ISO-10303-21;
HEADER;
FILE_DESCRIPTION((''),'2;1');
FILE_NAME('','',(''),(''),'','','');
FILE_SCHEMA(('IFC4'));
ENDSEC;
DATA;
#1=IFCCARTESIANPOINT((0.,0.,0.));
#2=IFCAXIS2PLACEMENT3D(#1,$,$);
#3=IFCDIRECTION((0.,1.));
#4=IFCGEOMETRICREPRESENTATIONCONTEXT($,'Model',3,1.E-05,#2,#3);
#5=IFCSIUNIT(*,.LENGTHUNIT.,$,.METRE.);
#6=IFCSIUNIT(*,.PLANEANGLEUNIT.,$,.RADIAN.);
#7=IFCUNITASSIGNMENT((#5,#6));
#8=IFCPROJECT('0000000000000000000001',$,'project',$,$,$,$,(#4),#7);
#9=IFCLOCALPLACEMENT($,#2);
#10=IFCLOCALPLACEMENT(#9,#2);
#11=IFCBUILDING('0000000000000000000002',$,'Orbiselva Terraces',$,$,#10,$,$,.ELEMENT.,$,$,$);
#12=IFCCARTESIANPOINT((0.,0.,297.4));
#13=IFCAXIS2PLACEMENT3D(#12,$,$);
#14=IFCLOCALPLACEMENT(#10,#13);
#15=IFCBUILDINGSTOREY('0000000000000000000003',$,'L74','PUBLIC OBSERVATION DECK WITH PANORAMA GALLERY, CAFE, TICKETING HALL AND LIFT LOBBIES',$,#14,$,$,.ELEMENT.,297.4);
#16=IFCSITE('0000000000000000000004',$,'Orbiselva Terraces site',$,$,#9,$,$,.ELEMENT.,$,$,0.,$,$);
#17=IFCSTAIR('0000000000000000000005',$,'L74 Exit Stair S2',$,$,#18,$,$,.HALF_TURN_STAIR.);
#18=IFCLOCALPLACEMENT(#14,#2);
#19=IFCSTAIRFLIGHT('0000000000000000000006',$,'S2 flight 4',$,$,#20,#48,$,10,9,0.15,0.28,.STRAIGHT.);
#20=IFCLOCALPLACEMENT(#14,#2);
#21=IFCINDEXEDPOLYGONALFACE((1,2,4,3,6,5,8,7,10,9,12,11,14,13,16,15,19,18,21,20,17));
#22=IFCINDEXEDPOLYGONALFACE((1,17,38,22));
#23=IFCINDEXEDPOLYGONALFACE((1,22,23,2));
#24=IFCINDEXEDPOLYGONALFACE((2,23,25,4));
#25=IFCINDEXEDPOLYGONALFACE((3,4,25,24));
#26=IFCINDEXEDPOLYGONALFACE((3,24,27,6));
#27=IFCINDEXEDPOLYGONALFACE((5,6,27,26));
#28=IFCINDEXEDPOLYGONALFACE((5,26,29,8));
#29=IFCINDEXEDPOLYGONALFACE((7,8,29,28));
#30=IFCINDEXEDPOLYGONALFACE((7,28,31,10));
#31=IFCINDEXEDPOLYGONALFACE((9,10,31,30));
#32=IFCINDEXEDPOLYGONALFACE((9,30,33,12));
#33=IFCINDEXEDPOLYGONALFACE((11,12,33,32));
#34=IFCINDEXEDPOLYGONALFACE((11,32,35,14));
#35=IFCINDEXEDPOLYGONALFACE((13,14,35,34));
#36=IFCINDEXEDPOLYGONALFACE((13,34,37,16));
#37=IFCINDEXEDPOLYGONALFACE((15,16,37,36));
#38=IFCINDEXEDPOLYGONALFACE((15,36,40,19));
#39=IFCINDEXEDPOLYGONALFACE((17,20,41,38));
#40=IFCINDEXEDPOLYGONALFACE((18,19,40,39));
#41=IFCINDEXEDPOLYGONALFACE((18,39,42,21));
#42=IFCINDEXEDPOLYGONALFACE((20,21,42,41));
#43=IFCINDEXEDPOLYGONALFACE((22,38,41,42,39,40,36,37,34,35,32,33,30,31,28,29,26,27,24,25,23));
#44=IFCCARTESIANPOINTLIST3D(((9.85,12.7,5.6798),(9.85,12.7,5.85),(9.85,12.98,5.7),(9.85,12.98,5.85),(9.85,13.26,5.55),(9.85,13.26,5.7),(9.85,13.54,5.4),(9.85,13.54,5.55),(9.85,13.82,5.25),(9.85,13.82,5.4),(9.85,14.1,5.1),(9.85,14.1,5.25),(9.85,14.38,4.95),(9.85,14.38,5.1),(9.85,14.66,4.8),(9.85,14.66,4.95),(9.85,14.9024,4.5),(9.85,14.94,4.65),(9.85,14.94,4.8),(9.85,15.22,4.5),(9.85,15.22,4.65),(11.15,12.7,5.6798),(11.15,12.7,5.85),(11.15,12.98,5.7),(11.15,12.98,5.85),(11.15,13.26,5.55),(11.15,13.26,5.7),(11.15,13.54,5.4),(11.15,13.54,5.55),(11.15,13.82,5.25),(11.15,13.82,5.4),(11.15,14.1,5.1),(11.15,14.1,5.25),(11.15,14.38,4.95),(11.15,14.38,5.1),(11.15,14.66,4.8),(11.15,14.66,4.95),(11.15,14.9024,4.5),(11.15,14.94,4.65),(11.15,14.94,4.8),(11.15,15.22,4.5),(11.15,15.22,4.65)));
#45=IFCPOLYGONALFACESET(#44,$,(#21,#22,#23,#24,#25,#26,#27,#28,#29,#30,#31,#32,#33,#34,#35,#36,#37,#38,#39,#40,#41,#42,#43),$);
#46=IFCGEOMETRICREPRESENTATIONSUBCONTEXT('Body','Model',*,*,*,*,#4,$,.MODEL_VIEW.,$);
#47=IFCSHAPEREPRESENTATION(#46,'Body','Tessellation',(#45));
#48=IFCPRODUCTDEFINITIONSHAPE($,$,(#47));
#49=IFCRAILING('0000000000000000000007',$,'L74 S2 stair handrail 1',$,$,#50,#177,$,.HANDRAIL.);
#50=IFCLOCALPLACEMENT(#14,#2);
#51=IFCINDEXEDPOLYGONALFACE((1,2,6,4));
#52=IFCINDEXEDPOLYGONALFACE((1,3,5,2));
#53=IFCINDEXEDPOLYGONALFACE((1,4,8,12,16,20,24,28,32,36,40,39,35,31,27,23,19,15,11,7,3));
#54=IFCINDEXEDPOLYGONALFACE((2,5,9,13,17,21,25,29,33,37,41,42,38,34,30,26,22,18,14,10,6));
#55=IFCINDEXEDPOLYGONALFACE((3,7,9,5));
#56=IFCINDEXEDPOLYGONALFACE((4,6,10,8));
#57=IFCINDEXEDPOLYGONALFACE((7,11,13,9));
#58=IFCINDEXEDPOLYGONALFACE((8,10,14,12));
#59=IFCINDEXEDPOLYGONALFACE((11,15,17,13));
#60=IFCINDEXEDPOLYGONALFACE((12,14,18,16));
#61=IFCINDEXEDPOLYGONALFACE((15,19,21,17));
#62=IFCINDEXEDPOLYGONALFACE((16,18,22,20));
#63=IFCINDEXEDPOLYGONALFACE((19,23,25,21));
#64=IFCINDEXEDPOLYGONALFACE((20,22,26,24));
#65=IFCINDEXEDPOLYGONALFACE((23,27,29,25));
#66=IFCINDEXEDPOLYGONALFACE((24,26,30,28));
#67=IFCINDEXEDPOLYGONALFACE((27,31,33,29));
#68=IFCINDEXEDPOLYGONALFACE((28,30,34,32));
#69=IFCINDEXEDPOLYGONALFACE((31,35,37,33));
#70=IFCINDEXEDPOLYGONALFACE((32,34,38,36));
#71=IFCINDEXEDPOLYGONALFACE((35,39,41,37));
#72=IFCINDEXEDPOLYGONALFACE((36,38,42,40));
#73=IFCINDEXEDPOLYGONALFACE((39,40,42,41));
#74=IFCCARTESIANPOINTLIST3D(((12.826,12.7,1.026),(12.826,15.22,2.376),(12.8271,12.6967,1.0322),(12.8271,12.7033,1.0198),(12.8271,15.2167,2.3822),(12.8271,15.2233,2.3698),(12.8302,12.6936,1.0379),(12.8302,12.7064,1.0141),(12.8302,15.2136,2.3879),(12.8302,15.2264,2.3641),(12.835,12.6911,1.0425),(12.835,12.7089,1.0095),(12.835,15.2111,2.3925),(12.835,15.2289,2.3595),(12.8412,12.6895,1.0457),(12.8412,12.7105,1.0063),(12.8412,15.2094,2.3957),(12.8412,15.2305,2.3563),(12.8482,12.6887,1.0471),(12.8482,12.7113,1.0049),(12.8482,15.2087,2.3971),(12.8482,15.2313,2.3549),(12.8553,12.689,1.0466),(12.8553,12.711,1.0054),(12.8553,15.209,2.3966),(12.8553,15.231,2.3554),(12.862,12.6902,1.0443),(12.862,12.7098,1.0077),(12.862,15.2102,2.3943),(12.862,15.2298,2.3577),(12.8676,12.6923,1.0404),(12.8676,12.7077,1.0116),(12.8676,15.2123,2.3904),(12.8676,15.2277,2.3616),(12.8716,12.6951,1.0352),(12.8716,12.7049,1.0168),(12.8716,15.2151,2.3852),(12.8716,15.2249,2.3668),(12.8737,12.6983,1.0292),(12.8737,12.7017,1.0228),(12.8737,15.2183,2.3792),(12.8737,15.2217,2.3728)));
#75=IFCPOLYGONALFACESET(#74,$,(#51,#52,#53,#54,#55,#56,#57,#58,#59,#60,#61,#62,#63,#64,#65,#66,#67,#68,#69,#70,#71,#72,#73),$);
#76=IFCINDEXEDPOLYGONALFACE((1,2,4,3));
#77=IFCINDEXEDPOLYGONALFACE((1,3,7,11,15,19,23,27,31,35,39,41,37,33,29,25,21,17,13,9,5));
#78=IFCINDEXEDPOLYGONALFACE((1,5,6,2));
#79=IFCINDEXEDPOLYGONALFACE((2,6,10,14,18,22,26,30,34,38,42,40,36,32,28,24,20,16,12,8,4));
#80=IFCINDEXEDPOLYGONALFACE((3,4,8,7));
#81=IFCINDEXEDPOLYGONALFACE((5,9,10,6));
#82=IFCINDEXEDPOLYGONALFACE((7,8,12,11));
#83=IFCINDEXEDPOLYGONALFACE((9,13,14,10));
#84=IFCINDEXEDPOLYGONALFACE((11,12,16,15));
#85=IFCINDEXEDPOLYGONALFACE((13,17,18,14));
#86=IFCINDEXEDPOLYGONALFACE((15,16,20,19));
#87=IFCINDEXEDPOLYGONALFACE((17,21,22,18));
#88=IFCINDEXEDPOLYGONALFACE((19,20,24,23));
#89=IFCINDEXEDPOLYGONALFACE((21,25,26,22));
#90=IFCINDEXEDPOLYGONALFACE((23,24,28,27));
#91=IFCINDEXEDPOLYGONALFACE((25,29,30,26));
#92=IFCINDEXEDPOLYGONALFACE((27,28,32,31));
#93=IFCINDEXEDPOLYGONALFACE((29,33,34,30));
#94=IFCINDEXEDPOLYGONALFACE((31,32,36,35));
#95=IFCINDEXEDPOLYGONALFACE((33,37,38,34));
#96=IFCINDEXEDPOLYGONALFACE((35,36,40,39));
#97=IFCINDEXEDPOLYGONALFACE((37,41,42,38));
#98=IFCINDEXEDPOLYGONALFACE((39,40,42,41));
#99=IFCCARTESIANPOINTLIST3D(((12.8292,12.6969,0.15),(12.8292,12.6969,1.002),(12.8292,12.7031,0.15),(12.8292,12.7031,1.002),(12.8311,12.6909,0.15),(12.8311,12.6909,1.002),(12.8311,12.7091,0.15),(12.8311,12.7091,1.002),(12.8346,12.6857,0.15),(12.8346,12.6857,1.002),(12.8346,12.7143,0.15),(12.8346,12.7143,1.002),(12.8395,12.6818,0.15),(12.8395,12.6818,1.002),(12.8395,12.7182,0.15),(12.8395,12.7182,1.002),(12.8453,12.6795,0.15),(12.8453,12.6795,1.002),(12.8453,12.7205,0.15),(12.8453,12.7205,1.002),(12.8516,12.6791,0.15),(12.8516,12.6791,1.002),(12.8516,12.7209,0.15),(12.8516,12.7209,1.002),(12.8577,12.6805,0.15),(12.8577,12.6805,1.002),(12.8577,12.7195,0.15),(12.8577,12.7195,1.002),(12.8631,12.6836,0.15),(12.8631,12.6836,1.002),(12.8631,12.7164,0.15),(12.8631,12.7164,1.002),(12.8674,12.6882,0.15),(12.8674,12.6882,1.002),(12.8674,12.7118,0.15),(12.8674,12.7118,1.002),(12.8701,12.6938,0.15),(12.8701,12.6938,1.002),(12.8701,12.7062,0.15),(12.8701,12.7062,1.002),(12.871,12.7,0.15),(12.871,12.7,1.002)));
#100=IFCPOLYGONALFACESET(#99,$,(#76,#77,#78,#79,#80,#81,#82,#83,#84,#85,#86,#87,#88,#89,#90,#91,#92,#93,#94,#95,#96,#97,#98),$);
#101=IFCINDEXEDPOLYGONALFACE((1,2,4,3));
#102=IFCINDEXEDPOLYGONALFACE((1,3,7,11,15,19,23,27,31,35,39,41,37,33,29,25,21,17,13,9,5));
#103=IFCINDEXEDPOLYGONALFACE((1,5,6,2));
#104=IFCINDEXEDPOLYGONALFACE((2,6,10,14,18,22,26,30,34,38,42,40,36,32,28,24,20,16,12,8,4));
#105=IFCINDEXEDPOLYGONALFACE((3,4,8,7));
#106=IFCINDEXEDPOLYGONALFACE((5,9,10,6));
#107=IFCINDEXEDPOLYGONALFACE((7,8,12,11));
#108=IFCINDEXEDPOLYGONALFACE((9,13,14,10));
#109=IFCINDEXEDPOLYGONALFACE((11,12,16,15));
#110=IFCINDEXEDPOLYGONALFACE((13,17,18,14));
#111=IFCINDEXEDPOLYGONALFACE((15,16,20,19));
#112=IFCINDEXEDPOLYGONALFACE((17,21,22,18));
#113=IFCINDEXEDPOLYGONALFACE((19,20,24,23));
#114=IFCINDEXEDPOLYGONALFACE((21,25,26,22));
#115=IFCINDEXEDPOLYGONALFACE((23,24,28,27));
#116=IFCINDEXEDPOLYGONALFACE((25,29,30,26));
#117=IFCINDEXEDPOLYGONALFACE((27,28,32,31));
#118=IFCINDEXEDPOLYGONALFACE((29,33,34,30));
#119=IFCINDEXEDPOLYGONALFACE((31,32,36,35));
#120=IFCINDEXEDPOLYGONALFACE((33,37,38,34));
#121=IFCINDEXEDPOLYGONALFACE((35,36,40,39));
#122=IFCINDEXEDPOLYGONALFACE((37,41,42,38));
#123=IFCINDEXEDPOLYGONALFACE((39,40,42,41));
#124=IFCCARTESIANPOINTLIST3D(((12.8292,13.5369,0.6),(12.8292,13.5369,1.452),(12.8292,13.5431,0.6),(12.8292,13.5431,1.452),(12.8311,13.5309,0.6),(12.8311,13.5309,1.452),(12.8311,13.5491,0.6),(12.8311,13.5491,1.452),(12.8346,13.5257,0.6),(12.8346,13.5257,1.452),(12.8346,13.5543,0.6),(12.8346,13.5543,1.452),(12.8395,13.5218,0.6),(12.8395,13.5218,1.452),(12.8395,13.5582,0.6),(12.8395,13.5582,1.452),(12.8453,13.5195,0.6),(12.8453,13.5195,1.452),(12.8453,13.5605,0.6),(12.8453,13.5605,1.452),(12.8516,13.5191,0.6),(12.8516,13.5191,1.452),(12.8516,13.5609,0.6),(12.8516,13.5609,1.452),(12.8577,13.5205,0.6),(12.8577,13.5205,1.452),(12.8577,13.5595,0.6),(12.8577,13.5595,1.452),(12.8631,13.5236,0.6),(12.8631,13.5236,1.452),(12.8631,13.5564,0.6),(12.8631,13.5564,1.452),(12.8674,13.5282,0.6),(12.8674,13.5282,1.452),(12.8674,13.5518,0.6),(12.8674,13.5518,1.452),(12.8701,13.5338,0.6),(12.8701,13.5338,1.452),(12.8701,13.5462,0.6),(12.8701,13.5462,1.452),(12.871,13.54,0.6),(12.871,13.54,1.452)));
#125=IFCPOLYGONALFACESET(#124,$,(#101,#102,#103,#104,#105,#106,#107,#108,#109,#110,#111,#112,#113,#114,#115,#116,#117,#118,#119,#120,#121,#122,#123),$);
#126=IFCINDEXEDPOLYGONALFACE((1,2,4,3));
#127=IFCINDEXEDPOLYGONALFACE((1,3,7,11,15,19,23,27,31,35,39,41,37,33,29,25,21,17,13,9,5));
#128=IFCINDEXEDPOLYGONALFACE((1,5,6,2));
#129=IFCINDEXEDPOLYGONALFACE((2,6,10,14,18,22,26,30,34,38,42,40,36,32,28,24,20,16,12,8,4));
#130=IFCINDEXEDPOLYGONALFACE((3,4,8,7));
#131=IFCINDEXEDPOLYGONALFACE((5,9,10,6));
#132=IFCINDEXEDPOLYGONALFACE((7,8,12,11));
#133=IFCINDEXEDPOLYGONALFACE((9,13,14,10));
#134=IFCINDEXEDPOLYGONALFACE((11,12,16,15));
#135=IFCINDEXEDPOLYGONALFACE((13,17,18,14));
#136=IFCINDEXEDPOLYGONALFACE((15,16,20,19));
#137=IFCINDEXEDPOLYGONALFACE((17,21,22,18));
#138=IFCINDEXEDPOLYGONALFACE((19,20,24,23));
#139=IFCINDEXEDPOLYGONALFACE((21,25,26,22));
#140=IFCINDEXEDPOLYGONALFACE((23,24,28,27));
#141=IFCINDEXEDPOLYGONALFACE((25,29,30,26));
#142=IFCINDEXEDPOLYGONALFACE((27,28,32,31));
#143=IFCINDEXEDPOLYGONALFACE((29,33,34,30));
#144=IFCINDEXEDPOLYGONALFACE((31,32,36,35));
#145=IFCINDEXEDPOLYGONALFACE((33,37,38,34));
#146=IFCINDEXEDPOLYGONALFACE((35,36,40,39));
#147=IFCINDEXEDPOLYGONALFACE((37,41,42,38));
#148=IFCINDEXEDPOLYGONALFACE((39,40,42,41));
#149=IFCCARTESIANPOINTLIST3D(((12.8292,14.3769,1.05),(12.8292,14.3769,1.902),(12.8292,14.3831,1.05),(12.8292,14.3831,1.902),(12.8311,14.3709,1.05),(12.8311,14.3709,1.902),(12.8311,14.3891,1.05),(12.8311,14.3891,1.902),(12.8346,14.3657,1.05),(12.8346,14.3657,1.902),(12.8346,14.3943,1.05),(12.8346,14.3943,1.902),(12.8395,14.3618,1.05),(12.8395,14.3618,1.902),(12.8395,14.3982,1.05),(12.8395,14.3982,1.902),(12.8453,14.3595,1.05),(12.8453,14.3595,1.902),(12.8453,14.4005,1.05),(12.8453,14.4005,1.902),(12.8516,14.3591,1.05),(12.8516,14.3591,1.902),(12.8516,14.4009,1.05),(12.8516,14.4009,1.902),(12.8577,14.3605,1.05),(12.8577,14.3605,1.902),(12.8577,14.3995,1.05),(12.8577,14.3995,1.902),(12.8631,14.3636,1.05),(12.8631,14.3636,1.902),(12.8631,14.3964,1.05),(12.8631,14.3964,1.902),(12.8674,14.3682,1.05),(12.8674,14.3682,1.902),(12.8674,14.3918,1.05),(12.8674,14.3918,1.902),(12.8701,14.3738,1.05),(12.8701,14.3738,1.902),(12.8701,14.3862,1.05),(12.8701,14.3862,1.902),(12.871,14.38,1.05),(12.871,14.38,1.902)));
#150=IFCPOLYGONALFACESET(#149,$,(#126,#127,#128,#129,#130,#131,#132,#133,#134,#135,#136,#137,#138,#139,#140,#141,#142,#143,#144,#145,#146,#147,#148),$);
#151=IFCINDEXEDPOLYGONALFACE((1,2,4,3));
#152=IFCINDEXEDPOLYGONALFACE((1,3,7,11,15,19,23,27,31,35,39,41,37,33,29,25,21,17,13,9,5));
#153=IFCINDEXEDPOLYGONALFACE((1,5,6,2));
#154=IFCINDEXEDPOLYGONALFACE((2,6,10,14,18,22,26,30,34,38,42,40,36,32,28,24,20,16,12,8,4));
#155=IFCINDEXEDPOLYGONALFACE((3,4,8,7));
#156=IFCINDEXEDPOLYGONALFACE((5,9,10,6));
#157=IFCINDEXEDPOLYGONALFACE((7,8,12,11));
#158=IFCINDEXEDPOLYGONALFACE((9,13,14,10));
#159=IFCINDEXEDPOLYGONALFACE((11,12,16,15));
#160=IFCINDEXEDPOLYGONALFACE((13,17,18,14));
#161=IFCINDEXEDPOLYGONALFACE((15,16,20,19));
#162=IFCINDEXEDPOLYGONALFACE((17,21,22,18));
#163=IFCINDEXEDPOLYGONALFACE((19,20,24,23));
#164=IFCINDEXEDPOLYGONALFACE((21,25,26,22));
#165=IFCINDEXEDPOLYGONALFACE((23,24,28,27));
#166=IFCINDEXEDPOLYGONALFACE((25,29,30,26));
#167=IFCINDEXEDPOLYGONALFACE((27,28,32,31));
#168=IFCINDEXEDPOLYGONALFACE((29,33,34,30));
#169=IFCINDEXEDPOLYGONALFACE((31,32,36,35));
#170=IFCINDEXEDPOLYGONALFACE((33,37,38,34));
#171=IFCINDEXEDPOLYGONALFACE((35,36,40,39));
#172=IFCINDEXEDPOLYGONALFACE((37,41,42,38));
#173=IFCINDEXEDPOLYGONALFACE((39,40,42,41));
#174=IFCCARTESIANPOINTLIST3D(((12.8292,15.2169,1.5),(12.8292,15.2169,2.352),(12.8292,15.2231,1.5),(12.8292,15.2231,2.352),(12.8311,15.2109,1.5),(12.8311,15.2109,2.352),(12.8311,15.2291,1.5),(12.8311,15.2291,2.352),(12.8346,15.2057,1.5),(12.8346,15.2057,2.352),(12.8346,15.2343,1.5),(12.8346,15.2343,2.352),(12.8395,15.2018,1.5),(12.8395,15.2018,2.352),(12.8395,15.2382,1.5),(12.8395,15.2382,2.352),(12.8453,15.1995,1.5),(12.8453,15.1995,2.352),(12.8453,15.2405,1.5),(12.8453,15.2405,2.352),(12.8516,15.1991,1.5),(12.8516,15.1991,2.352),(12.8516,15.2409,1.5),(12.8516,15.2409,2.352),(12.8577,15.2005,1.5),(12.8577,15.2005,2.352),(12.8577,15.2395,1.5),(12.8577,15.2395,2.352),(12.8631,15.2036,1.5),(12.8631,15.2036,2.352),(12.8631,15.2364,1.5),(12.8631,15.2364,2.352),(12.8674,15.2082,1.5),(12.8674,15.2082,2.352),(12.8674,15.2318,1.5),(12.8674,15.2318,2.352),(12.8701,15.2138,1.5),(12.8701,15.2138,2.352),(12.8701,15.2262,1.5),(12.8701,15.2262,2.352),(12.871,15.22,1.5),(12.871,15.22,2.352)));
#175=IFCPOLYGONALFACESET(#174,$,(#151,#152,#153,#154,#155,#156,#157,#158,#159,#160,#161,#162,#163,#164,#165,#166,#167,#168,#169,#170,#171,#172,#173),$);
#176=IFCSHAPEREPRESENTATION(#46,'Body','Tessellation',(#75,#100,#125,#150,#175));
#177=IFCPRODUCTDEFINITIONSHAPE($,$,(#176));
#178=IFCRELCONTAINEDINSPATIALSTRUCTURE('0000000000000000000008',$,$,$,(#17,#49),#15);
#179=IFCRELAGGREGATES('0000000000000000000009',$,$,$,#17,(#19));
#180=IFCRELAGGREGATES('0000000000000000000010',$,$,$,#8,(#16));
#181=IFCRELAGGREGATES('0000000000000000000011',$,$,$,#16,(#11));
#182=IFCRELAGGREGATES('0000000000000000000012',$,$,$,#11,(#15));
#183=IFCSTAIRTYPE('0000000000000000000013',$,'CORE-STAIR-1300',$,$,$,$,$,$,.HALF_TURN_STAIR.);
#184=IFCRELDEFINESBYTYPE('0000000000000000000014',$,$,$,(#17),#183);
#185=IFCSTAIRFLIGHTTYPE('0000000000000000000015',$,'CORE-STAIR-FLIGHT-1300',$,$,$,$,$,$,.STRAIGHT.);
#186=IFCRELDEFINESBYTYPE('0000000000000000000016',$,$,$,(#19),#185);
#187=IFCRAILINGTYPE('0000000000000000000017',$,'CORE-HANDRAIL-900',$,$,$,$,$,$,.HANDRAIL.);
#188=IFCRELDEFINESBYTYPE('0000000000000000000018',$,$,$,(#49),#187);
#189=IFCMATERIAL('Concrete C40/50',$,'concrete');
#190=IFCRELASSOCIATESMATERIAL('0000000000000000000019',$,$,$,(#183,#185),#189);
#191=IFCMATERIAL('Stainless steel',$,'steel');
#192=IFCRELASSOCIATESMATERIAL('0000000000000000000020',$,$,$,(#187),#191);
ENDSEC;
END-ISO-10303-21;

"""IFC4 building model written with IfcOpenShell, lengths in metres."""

from ifc_helpers import new_model, si_unit, direction, frame, origin, origin_2d, place, context, subcontext, project, spatial, polyline, circle, outline, extrude, material, type_object, element, aggregate, save


model = new_model("IFC4")

# Units and contexts
model_context = context("Model", 3, precision=1e-05, world=origin(), true_north=direction((0.0, 1.0)))
body_context = subcontext(model_context, "Body", "Model", "MODEL_VIEW")
ifc_project = project(units=[si_unit("LENGTHUNIT", "METRE"), si_unit("PLANEANGLEUNIT", "RADIAN")], contexts=[model_context])

# Site, building, storey
site_placement = place(None, origin())
site = spatial("IfcSite", under=ifc_project, at=site_placement, Name="Orbiselva Terraces site", CompositionType="ELEMENT", RefElevation=0.0)
building_placement = place(site_placement, origin())
building = spatial("IfcBuilding", under=site, at=building_placement, Name="Orbiselva Terraces", CompositionType="ELEMENT")
storey_placement = place(building_placement, frame((0.0, 0.0, 297.4)))
storey = spatial("IfcBuildingStorey", under=building, at=storey_placement, Name="L74", Description="PUBLIC OBSERVATION DECK WITH PANORAMA GALLERY, CAFE, TICKETING HALL AND LIFT LOBBIES", CompositionType="ELEMENT", Elevation=297.4)

# Stair, stair flight
ifc_material_1 = material(Name="Concrete C40/50", Category="concrete")
stair_type = type_object("IfcStairType", Name="CORE-STAIR-1300", PredefinedType="HALF_TURN_STAIR", material=ifc_material_1)
stair_placement = place(storey_placement, origin())
stair = element("IfcStair", 1, at=stair_placement, inside=storey, type_object=stair_type, Name="L74 Exit Stair S2", PredefinedType="HALF_TURN_STAIR")
stair_flight_type = type_object("IfcStairFlightType", Name="CORE-STAIR-FLIGHT-1300", PredefinedType="STRAIGHT", material=ifc_material_1)
stair_flight_1_placement = place(storey_placement, frame((10.5, 15.22, 4.5), z_axis=(0.0, 0.0, 1.0), x_axis=(0.0, -1.0, 0.0)))
stair_flight_1 = element("IfcStairFlight", 2, at=stair_flight_1_placement, type_object=stair_flight_type, Name="S2 flight 4", NumberOfRisers=10, NumberOfTreads=9, PredefinedType="STRAIGHT", RiserHeight=0.15, TreadLength=0.28, context=body_context, shape_type="SweptSolid", body=[
    extrude(outline(polyline([(0.0, 0.0), (0.0, 0.15), (0.28, 0.15), (0.28, 0.3), (0.56, 0.3), (0.56, 0.45), (0.84, 0.45), (0.84, 0.6), (1.12, 0.6), (1.12, 0.75), (1.4, 0.75), (1.4, 0.9), (1.68, 0.9), (1.68, 1.05), (1.96, 1.05), (1.96, 1.2), (2.24, 1.2), (2.24, 1.35), (2.52, 1.35), (2.52, 1.5), (2.52, 1.1798), (0.3176, 0.0), (0.0, 0.0)])), frame((0.0, 0.65, 0.0), z_axis=(0.0, -1.0, 0.0), x_axis=(1.0, 0.0, 0.0)), (0.0, 0.0, 1.0), 1.3),
])
aggregate(stair, [stair_flight_1])

# Railing
ifc_material_2 = material(Name="Stainless steel", Category="steel")
railing_type = type_object("IfcRailingType", Name="CORE-HANDRAIL-900", PredefinedType="HANDRAIL", material=ifc_material_2)
railing_1_placement = place(storey_placement, frame((12.85, 12.7, 0.15)))
element("IfcRailing", 3, at=railing_1_placement, inside=storey, type_object=railing_type, Name="L74 S2 stair handrail 1", PredefinedType="HANDRAIL", context=body_context, shape_type="SweptSolid", body=[
    extrude(circle(Radius=0.024, at=origin_2d()), frame((0.0, 0.0, 0.876), z_axis=(0.0, 0.88148, 0.472221), x_axis=(-1.0, 0.0, 0.0)), (0.0, 0.0, 1.0), 2.8588),
    extrude(circle(Radius=0.021, at=origin_2d()), origin(), (0.0, 0.0, 1.0), 0.852),
    extrude(circle(Radius=0.021, at=origin_2d()), frame((0.0, 0.84, 0.45)), (0.0, 0.0, 1.0), 0.852),
    extrude(circle(Radius=0.021, at=origin_2d()), frame((0.0, 1.68, 0.9)), (0.0, 0.0, 1.0), 0.852),
    extrude(circle(Radius=0.021, at=origin_2d()), frame((0.0, 2.52, 1.35)), (0.0, 0.0, 1.0), 0.852),
])

save(model, "model.ifc")
